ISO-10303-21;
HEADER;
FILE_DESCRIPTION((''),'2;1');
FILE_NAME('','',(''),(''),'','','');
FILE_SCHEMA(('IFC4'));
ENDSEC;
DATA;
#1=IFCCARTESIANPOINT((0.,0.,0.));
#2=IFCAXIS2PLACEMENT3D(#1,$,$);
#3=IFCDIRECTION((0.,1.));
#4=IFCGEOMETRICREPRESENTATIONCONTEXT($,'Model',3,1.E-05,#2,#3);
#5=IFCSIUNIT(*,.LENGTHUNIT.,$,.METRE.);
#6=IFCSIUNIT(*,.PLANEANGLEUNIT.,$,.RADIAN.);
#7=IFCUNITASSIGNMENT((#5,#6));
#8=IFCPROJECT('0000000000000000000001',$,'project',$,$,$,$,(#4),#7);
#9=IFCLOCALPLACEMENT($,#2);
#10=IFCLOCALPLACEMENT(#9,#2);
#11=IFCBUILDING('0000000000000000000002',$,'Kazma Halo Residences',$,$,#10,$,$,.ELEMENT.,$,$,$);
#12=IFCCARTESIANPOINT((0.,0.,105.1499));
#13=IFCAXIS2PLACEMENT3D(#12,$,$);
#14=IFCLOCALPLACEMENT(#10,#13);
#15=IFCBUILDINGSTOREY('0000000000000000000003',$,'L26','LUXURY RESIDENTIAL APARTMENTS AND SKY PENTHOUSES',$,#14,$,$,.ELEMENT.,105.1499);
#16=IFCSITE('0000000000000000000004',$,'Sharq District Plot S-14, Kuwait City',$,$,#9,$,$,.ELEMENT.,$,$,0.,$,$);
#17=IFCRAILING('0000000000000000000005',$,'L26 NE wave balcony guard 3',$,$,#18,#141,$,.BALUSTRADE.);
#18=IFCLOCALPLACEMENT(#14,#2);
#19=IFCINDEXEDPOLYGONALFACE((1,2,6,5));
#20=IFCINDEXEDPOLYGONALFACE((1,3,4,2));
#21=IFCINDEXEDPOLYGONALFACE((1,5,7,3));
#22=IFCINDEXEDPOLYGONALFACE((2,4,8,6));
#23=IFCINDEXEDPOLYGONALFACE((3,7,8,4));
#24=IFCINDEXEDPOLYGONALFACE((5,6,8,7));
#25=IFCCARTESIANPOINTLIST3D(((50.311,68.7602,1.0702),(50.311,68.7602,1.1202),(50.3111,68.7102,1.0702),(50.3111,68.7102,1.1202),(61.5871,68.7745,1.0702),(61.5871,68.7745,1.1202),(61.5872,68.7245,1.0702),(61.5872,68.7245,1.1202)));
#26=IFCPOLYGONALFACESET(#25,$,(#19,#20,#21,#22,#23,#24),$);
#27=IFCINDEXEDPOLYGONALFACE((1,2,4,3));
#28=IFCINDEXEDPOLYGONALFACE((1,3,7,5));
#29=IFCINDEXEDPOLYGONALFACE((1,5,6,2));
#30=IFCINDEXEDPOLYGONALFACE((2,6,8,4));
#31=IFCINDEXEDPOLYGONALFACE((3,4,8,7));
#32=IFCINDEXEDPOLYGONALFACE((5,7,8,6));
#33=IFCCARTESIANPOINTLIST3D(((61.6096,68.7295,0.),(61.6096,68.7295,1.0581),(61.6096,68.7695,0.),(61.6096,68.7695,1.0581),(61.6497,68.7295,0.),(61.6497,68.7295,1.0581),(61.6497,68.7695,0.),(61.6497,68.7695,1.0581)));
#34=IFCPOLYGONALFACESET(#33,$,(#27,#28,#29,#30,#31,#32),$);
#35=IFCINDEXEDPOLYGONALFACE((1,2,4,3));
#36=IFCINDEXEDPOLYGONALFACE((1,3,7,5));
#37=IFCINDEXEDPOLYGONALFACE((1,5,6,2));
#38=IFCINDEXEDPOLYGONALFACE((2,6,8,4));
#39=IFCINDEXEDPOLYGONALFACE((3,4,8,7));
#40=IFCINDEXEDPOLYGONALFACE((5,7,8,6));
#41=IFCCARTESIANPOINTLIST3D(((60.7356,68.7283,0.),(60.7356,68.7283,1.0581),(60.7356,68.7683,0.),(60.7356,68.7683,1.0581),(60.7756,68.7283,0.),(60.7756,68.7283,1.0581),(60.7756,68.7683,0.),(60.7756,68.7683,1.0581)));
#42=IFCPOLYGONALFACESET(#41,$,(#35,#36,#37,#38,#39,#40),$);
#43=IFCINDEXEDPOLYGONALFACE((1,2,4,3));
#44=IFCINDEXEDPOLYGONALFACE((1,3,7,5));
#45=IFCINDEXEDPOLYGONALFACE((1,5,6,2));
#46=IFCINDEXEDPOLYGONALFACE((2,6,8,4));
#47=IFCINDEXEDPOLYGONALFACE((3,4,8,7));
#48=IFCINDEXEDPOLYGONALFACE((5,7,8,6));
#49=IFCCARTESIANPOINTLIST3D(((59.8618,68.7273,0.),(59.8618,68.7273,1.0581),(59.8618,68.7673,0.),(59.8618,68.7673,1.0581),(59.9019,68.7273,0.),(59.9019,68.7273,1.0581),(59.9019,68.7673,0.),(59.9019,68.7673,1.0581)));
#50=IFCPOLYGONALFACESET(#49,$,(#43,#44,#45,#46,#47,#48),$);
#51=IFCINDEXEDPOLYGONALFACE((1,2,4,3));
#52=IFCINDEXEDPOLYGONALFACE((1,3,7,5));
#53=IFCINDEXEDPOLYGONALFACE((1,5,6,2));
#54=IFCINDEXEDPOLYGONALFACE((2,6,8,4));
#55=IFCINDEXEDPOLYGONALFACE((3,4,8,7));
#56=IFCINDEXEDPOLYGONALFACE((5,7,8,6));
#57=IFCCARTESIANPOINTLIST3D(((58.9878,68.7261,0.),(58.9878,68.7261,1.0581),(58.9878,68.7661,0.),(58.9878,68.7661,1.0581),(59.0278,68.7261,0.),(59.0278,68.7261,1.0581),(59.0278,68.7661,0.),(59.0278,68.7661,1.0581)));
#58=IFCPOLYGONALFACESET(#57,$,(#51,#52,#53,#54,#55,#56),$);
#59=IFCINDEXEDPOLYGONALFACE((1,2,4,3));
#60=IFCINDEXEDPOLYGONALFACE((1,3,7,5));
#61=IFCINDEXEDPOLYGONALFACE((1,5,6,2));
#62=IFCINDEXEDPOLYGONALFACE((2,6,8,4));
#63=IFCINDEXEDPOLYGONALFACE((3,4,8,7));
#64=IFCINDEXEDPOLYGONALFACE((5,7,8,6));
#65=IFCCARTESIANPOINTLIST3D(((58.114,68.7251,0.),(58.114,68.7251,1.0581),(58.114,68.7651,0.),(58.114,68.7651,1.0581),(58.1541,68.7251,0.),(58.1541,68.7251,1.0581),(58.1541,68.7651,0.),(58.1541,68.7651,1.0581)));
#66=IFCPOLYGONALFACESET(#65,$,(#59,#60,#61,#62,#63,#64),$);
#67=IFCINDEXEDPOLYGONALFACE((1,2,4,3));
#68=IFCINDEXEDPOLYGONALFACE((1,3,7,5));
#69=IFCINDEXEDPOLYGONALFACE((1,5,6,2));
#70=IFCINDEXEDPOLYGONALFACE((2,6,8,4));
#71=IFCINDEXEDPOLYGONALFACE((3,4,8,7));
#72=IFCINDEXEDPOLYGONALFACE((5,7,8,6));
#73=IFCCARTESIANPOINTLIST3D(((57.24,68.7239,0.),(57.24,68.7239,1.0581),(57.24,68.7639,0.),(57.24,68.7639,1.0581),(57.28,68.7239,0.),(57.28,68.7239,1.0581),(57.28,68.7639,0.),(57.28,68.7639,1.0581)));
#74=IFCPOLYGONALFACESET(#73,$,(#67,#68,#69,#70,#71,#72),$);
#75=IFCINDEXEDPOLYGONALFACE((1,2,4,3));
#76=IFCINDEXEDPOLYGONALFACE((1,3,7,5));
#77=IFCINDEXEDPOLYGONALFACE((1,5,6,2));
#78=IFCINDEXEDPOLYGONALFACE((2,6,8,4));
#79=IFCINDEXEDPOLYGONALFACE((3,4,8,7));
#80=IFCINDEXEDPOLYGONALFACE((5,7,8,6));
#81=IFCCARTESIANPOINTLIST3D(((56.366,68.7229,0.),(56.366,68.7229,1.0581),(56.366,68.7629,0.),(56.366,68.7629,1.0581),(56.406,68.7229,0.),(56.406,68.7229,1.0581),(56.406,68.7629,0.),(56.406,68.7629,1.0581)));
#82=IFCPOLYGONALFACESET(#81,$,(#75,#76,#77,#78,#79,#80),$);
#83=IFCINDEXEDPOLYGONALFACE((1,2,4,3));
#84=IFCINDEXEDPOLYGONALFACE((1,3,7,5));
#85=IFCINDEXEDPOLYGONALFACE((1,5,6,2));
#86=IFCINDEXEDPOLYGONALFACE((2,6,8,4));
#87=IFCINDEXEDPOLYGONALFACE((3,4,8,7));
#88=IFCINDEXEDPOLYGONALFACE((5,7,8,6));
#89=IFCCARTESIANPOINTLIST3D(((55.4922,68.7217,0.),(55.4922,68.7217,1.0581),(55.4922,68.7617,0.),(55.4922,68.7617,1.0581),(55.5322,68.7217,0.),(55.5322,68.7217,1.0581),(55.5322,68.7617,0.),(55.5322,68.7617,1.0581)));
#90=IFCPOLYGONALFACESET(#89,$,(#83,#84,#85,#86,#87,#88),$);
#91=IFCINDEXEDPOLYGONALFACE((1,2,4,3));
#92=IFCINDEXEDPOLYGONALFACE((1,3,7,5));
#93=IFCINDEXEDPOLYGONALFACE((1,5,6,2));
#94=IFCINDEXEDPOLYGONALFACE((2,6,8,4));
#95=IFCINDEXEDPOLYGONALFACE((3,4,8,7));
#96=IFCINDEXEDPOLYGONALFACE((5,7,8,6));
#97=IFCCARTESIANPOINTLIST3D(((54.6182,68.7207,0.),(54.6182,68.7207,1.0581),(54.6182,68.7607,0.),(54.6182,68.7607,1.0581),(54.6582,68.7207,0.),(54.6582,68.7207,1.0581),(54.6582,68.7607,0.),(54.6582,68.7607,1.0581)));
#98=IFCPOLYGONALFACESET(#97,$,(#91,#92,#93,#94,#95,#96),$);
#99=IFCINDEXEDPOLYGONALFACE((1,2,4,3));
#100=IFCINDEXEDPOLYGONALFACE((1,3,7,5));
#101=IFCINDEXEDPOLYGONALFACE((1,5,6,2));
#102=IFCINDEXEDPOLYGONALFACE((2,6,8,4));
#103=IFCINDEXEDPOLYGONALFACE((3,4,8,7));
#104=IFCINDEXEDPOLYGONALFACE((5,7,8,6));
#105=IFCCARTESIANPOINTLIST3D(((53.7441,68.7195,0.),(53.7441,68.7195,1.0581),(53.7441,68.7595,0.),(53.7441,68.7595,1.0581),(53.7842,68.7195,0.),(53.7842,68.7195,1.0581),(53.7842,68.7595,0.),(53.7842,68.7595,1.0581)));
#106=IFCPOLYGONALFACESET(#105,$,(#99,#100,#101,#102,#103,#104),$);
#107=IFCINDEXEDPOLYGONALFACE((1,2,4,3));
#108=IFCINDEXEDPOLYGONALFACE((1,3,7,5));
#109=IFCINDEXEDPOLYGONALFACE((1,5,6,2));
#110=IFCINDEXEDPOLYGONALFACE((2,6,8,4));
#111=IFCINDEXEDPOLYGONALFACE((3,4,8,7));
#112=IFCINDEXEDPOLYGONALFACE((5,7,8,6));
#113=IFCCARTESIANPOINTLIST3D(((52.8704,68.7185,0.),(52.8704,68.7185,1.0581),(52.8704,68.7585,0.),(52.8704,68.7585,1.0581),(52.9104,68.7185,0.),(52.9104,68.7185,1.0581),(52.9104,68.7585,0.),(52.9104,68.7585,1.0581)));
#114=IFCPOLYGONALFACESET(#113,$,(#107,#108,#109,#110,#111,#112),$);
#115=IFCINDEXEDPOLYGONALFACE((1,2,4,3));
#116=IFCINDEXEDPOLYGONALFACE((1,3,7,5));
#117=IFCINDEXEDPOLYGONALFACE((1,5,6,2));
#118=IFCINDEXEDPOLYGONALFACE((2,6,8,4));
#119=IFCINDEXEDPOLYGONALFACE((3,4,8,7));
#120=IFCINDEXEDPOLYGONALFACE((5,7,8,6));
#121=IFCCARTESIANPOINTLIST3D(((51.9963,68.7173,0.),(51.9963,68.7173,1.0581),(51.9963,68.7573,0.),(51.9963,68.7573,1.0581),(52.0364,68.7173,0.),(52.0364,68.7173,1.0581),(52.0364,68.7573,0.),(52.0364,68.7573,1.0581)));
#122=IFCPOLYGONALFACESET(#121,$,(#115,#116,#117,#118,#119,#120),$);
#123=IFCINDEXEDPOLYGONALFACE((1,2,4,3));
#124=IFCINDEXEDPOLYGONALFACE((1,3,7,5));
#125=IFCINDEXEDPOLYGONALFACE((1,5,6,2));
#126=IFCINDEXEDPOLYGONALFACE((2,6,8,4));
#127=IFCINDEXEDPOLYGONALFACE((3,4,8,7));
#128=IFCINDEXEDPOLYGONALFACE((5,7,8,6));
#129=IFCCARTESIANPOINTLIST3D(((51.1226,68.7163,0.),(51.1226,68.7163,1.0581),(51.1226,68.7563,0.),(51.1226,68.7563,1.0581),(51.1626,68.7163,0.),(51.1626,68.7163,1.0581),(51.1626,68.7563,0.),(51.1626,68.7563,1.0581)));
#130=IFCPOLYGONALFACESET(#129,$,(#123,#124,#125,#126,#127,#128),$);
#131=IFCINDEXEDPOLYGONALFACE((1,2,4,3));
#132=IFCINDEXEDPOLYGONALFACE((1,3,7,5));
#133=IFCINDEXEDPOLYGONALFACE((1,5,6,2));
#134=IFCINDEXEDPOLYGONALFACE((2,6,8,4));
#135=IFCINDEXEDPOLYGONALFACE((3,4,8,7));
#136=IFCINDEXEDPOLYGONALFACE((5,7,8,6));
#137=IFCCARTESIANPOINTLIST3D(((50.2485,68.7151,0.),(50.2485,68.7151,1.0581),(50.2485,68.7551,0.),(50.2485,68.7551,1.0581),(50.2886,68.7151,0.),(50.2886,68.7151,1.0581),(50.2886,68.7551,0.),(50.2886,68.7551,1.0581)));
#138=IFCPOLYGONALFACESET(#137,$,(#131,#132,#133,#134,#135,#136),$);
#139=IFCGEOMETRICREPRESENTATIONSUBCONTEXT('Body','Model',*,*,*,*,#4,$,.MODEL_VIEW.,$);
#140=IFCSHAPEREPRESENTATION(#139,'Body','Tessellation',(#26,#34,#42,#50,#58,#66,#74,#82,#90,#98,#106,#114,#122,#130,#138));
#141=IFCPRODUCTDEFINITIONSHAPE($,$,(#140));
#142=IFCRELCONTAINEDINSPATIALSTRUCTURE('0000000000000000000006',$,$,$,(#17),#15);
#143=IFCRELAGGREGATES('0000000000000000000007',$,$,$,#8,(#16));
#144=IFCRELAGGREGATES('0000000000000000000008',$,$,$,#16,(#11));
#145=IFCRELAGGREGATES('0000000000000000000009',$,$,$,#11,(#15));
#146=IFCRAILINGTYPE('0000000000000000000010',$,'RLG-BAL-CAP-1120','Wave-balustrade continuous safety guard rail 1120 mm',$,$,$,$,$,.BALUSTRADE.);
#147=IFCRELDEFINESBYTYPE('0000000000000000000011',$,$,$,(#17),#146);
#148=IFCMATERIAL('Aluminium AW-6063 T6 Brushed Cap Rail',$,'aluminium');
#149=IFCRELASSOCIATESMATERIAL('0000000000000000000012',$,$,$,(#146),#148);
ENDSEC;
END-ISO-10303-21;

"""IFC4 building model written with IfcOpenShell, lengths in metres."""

from ifc_helpers import new_model, si_unit, direction, frame, origin, origin_2d, place, context, subcontext, project, spatial, rectangle, extrude, material, type_object, element, save


model = new_model("IFC4")

# Units and contexts
model_context = context("Model", 3, precision=1e-05, world=origin(), true_north=direction((0.0, 1.0)))
body_context = subcontext(model_context, "Body", "Model", "MODEL_VIEW")
ifc_project = project(units=[si_unit("LENGTHUNIT", "METRE"), si_unit("PLANEANGLEUNIT", "RADIAN")], contexts=[model_context])

# Site, building, storey
site_placement = place(None, origin())
site = spatial("IfcSite", under=ifc_project, at=site_placement, Name="Sharq District Plot S-14, Kuwait City", CompositionType="ELEMENT", RefElevation=0.0)
building_placement = place(site_placement, origin())
building = spatial("IfcBuilding", under=site, at=building_placement, Name="Kazma Halo Residences", CompositionType="ELEMENT")
storey_placement = place(building_placement, frame((0.0, 0.0, 105.1499)))
storey = spatial("IfcBuildingStorey", under=building, at=storey_placement, Name="L26", Description="LUXURY RESIDENTIAL APARTMENTS AND SKY PENTHOUSES", CompositionType="ELEMENT", Elevation=105.1499)

# Railing
ifc_material_1 = material(Name="Aluminium AW-6063 T6 Brushed Cap Rail", Category="aluminium")
railing_type = type_object("IfcRailingType", Name="RLG-BAL-CAP-1120", Description="Wave-balustrade continuous safety guard rail 1120 mm", PredefinedType="BALUSTRADE", material=ifc_material_1)
railing_1_placement = place(storey_placement, frame((61.6296, 68.7495, 0.0)))
element("IfcRailing", 1, at=railing_1_placement, inside=storey, type_object=railing_type, Name="L26 NE wave balcony guard 3", PredefinedType="BALUSTRADE", context=body_context, shape_type="SweptSolid", body=[
    extrude(rectangle(XDim=0.05, YDim=0.05, at=origin_2d()), frame((-0.0425, 0.0, 1.0952), z_axis=(-0.999999, -0.001268, 0.0), x_axis=(0.001268, -0.999999, 0.0)), (0.0, 0.0, 1.0), 11.2761),
    extrude(rectangle(XDim=0.04, YDim=0.04, at=origin_2d()), origin(), (0.0, 0.0, 1.0), 1.0581),
    extrude(rectangle(XDim=0.04, YDim=0.04, at=origin_2d()), frame((-0.874, -0.0012, 0.0)), (0.0, 0.0, 1.0), 1.0581),
    extrude(rectangle(XDim=0.04, YDim=0.04, at=origin_2d()), frame((-1.7478, -0.0022, 0.0)), (0.0, 0.0, 1.0), 1.0581),
    extrude(rectangle(XDim=0.04, YDim=0.04, at=origin_2d()), frame((-2.6218, -0.0034, 0.0)), (0.0, 0.0, 1.0), 1.0581),
    extrude(rectangle(XDim=0.04, YDim=0.04, at=origin_2d()), frame((-3.4956, -0.0044, 0.0)), (0.0, 0.0, 1.0), 1.0581),
    extrude(rectangle(XDim=0.04, YDim=0.04, at=origin_2d()), frame((-4.3696, -0.0056, 0.0)), (0.0, 0.0, 1.0), 1.0581),
    extrude(rectangle(XDim=0.04, YDim=0.04, at=origin_2d()), frame((-5.2437, -0.0066, 0.0)), (0.0, 0.0, 1.0), 1.0581),
    extrude(rectangle(XDim=0.04, YDim=0.04, at=origin_2d()), frame((-6.1174, -0.0078, 0.0)), (0.0, 0.0, 1.0), 1.0581),
    extrude(rectangle(XDim=0.04, YDim=0.04, at=origin_2d()), frame((-6.9915, -0.0088, 0.0)), (0.0, 0.0, 1.0), 1.0581),
    extrude(rectangle(XDim=0.04, YDim=0.04, at=origin_2d()), frame((-7.8655, -0.01, 0.0)), (0.0, 0.0, 1.0), 1.0581),
    extrude(rectangle(XDim=0.04, YDim=0.04, at=origin_2d()), frame((-8.7393, -0.011, 0.0)), (0.0, 0.0, 1.0), 1.0581),
    extrude(rectangle(XDim=0.04, YDim=0.04, at=origin_2d()), frame((-9.6133, -0.0122, 0.0)), (0.0, 0.0, 1.0), 1.0581),
    extrude(rectangle(XDim=0.04, YDim=0.04, at=origin_2d()), frame((-10.4871, -0.0132, 0.0)), (0.0, 0.0, 1.0), 1.0581),
    extrude(rectangle(XDim=0.04, YDim=0.04, at=origin_2d()), frame((-11.3611, -0.0144, 0.0)), (0.0, 0.0, 1.0), 1.0581),
])

save(model, "model.ifc")
